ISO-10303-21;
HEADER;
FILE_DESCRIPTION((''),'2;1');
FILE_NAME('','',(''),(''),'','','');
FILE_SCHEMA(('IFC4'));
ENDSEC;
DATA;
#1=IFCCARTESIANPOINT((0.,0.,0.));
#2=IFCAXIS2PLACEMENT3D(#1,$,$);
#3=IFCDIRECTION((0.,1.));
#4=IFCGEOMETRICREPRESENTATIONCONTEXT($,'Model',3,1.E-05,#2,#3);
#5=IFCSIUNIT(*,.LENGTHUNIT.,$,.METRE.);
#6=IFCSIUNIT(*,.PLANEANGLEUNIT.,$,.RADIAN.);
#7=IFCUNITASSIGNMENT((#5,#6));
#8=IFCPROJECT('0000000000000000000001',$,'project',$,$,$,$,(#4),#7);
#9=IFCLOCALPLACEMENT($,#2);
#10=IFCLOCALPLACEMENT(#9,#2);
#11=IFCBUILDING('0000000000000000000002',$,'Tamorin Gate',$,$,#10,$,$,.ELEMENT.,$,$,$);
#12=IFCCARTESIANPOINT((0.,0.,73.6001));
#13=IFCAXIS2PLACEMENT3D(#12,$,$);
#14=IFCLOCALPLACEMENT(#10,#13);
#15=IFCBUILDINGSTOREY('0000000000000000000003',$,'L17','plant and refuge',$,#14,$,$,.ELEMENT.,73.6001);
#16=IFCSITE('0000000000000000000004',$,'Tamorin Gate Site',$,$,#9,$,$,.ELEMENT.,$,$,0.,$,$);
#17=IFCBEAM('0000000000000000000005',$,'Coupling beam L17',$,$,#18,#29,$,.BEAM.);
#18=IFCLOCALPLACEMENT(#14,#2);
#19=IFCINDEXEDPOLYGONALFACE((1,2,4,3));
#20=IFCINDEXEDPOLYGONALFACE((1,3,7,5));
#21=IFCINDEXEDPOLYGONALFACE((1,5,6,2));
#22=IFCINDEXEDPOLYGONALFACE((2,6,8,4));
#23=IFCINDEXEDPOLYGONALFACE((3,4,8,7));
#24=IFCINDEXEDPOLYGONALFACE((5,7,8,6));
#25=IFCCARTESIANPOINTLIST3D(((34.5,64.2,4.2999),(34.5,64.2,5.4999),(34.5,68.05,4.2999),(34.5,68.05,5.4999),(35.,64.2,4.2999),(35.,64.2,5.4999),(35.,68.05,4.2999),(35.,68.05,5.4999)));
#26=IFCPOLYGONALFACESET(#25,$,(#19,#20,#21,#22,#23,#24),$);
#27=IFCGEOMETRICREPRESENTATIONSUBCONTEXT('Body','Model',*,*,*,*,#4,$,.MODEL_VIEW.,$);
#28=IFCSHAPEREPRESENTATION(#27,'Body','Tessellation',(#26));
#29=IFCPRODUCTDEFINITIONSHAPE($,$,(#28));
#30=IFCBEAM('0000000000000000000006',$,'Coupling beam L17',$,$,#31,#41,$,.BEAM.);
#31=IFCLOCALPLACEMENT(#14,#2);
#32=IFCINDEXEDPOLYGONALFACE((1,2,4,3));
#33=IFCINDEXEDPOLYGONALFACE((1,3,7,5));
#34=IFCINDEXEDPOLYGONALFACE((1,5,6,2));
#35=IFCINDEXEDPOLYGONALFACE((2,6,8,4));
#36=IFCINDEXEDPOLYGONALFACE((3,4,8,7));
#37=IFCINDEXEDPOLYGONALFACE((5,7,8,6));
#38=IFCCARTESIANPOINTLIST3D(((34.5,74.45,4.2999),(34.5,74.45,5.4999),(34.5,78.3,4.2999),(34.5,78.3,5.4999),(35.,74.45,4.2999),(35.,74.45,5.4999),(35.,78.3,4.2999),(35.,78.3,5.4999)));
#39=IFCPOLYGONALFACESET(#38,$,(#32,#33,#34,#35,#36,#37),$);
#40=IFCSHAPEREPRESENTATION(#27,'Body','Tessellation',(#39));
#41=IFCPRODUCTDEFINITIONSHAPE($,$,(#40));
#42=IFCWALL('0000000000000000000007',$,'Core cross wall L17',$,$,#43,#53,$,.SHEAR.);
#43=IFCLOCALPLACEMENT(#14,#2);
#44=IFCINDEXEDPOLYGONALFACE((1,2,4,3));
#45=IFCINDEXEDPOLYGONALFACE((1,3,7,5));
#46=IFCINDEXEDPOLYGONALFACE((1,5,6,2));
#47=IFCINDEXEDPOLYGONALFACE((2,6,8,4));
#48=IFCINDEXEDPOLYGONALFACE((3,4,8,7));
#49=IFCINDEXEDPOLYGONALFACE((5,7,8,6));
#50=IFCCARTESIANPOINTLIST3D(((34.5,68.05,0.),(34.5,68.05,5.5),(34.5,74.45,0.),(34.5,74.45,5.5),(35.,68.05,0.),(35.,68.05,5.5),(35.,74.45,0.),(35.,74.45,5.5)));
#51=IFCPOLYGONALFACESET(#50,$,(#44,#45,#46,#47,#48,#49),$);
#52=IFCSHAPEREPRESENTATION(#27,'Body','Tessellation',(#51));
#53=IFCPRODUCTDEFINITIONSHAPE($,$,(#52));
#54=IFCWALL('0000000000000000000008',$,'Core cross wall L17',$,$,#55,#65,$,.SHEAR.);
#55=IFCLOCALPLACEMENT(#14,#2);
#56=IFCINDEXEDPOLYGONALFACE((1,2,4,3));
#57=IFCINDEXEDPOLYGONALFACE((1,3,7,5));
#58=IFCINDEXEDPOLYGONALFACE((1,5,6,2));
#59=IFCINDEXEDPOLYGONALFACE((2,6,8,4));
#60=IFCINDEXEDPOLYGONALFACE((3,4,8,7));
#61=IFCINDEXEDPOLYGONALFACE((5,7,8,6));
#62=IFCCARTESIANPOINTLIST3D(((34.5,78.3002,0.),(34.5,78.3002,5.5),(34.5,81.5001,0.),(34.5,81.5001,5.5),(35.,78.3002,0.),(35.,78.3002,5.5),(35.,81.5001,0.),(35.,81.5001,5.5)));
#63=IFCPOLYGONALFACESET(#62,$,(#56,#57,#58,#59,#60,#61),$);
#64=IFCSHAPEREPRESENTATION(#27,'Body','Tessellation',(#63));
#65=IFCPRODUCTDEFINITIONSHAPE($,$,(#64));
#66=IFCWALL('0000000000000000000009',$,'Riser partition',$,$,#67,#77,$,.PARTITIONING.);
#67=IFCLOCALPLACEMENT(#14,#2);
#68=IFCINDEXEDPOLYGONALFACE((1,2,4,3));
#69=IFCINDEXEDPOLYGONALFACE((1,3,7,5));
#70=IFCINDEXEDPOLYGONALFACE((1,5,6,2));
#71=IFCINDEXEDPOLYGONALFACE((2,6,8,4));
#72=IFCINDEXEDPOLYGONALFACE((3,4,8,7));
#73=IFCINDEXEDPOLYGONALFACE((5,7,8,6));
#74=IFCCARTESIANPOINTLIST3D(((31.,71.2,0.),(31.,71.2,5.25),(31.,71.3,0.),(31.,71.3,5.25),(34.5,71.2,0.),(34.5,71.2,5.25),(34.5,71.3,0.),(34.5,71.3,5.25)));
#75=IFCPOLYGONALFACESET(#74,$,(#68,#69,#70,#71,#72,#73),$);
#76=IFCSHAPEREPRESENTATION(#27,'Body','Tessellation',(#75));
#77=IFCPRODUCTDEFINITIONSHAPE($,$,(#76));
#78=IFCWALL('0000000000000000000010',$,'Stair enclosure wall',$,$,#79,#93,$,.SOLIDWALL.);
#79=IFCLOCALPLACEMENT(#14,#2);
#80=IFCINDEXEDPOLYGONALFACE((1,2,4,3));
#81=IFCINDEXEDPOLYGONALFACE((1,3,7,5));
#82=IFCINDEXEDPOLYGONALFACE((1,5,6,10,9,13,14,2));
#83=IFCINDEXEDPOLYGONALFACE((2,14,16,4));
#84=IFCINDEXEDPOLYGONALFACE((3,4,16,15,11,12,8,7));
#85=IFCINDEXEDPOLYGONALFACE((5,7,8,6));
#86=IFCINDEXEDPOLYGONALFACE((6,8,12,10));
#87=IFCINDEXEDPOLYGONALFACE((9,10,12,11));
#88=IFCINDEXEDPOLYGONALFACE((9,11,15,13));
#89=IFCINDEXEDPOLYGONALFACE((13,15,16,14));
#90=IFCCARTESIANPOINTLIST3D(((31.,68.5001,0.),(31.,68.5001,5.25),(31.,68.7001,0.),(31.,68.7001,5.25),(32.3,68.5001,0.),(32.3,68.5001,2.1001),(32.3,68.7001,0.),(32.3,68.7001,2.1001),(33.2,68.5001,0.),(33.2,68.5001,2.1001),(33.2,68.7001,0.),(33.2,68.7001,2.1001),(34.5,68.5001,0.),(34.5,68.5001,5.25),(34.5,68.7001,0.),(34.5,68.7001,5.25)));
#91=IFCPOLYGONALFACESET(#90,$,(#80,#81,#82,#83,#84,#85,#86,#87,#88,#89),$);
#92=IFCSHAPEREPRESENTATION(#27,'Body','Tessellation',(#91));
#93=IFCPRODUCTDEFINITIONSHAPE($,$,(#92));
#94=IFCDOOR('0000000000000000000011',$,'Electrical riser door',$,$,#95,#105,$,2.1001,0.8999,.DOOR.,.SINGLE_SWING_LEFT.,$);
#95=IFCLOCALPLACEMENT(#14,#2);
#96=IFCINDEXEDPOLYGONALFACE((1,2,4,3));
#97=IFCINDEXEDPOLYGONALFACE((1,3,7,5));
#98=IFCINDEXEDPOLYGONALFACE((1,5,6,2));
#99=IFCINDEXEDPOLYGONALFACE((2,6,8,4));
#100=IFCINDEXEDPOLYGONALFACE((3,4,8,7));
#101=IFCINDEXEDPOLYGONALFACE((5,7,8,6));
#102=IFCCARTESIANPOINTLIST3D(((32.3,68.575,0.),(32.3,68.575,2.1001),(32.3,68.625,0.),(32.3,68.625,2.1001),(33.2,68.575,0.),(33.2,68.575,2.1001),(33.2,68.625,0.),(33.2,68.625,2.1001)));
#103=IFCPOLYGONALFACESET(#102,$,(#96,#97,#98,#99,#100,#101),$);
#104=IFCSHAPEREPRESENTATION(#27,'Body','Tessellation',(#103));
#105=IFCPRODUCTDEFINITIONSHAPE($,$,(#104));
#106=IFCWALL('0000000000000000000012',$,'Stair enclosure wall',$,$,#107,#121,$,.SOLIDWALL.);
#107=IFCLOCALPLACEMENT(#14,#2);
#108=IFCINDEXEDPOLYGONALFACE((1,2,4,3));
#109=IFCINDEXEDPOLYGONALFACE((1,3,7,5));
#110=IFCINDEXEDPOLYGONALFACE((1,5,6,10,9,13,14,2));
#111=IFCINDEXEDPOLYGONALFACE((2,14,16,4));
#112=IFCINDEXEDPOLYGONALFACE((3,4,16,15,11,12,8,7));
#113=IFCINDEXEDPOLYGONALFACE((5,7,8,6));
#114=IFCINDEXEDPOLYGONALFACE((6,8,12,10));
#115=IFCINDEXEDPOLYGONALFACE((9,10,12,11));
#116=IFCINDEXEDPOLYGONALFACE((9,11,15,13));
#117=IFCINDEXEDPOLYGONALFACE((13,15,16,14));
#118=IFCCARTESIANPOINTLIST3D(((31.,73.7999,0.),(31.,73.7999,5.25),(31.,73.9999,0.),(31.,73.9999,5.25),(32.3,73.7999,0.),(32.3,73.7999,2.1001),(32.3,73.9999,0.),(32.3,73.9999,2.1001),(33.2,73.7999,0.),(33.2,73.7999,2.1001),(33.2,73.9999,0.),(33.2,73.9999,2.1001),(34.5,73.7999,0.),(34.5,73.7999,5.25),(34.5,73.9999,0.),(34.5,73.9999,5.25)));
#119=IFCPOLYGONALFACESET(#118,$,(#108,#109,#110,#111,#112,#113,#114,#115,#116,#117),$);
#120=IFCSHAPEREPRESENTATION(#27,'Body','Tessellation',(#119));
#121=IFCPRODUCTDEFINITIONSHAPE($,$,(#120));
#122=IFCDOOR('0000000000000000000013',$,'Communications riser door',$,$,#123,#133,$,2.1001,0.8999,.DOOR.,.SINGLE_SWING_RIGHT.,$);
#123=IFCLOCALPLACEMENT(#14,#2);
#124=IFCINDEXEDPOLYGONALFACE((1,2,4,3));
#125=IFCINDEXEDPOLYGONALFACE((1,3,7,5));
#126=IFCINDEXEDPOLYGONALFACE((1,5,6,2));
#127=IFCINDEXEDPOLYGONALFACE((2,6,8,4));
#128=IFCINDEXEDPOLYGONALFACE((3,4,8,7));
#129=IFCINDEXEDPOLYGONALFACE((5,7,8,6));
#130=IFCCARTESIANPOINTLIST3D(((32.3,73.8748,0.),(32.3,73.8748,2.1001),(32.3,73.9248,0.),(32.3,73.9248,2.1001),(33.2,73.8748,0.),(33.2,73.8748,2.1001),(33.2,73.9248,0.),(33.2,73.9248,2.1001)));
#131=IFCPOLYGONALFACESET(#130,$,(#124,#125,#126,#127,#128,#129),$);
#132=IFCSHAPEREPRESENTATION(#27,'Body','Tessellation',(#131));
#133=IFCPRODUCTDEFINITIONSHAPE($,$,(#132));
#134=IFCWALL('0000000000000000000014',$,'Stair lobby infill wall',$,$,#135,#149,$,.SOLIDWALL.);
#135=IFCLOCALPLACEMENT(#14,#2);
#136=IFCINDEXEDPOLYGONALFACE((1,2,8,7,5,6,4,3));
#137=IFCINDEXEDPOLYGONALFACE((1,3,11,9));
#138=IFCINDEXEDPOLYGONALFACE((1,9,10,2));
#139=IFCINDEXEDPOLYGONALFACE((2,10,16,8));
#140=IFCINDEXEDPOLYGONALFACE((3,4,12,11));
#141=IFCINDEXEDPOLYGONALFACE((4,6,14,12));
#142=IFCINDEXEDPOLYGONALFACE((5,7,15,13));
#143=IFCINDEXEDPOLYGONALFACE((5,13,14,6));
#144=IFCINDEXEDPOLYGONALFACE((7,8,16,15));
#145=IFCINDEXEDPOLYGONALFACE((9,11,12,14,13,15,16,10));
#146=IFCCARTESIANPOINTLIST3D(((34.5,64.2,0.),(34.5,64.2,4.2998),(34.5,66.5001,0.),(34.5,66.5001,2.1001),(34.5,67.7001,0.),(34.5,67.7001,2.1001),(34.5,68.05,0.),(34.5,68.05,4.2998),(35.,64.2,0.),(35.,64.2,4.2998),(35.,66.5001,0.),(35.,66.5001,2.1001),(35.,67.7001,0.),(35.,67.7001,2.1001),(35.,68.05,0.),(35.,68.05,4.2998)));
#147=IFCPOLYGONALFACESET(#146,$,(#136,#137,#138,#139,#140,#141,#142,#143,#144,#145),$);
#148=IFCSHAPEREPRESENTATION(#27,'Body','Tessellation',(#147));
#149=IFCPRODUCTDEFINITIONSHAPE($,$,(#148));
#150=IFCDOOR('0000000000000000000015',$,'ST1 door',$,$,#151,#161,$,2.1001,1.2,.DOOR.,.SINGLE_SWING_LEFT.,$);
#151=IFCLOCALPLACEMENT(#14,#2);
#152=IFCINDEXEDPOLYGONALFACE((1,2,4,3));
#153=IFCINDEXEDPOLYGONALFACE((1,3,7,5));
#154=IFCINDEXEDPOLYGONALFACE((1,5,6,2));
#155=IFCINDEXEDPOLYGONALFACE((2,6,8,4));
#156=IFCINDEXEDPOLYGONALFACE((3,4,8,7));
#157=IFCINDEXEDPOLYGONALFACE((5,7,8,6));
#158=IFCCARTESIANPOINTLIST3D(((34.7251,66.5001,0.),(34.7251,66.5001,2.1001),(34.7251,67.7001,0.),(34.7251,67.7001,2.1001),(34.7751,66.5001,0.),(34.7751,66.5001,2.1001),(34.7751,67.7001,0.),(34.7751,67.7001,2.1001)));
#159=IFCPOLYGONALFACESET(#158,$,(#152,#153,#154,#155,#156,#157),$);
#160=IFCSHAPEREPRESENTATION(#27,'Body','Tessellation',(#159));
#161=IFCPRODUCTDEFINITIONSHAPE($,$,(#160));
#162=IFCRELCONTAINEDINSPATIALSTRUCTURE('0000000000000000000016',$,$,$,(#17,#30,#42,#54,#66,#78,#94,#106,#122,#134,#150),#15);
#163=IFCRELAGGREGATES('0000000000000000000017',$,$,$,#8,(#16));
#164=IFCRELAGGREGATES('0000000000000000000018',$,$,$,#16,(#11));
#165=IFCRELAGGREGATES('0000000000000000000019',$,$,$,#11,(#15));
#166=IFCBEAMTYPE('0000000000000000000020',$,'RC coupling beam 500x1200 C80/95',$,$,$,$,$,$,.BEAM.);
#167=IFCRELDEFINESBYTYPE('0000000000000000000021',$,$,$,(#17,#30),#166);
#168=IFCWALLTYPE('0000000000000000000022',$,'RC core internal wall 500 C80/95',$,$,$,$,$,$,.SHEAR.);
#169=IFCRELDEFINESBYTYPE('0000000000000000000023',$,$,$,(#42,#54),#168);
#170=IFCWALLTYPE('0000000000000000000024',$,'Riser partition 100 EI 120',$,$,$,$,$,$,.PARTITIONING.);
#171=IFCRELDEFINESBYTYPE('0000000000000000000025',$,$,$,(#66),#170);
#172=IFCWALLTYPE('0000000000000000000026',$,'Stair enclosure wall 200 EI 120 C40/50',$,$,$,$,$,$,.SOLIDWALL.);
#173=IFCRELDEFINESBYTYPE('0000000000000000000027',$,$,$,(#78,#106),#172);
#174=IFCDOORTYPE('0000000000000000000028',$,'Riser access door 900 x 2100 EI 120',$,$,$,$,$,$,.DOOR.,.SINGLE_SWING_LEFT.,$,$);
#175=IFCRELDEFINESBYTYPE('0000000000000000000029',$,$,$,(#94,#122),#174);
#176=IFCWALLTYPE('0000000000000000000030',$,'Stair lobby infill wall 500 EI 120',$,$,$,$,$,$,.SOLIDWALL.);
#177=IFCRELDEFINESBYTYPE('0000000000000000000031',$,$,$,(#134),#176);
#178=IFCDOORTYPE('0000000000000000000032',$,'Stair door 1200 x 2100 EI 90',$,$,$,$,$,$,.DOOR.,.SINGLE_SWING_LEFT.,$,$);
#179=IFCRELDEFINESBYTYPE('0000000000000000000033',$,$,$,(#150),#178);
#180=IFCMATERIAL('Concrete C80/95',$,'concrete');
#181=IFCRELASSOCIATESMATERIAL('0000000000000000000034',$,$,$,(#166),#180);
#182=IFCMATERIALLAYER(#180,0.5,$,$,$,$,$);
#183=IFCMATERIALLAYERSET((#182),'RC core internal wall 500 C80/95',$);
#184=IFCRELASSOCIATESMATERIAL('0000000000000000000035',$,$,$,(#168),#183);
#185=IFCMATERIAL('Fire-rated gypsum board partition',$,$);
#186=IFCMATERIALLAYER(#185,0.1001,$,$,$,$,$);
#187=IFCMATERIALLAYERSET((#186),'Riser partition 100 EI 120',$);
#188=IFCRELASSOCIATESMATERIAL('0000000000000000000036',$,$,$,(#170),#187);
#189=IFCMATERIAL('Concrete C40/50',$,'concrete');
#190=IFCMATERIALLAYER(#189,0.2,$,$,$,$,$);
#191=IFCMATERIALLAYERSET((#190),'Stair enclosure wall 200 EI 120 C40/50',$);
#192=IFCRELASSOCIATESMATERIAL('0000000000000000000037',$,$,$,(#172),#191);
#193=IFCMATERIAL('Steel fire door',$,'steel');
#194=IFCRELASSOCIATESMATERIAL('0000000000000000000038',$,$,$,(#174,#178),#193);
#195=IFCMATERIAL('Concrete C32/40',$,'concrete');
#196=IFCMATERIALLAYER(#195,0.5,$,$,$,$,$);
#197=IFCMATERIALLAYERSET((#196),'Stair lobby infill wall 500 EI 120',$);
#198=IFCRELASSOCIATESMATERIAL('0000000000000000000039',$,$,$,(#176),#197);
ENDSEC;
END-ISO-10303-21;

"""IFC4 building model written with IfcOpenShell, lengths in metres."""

from ifc_helpers import new_model, si_unit, direction, frame, frame_2d, origin, origin_2d, place, context, subcontext, project, spatial, rectangle, extrude, material, layer, layer_set, material_profile, profile_set, type_object, element, fill, save


model = new_model("IFC4")

# Units and contexts
model_context = context("Model", 3, precision=1e-05, world=origin(), true_north=direction((0.0, 1.0)))
body_context = subcontext(model_context, "Body", "Model", "MODEL_VIEW")
ifc_project = project(units=[si_unit("LENGTHUNIT", "METRE"), si_unit("PLANEANGLEUNIT", "RADIAN")], contexts=[model_context])

# Site, building, storey
site_placement = place(None, origin())
site = spatial("IfcSite", under=ifc_project, at=site_placement, Name="Tamorin Gate Site", CompositionType="ELEMENT", RefElevation=0.0)
building_placement = place(site_placement, origin())
building = spatial("IfcBuilding", under=site, at=building_placement, Name="Tamorin Gate", CompositionType="ELEMENT")
storey_placement = place(building_placement, frame((0.0, 0.0, 73.6001)))
storey = spatial("IfcBuildingStorey", under=building, at=storey_placement, Name="L17", Description="plant and refuge", CompositionType="ELEMENT", Elevation=73.6001)

# Beams
ifc_material_1 = material(Name="Concrete C80/95", Category="concrete")
ifc_material_profile = material_profile(ifc_material_1, rectangle(XDim=0.5, YDim=1.2, at=origin_2d()), Name="RC 500x1200")
ifc_profile_set = profile_set([ifc_material_profile], Name="Concrete C80/95")
beam_type = type_object("IfcBeamType", Name="RC coupling beam 500x1200 C80/95", PredefinedType="BEAM", material=ifc_profile_set)
for number, where, z_axis, x_axis, name in (
    (1, (34.75, 64.2, 4.8999), (0.0, 1.0, 0.0), (-1.0, 0.0, 0.0), "Coupling beam L17"),
    (2, (34.75, 74.45, 4.8999), (0.0, 1.0, 0.0), (-1.0, 0.0, 0.0), "Coupling beam L17"),
):
    element("IfcBeam", number, at=place(storey_placement, frame(where, z_axis=z_axis, x_axis=x_axis)), inside=storey, type_object=beam_type, Name=name, PredefinedType="BEAM", context=body_context, shape_type="SweptSolid", body=[
        extrude(rectangle(XDim=0.5, YDim=1.2, at=origin_2d()), origin(), (0.0, 0.0, 1.0), 3.8501),
    ])

# Walls
ifc_layer_1 = layer(ifc_material_1, 0.5)
ifc_layer_set_1 = layer_set([ifc_layer_1], Name="RC core internal wall 500 C80/95")
wall_type_1 = type_object("IfcWallType", Name="RC core internal wall 500 C80/95", PredefinedType="SHEAR", material=ifc_layer_set_1)
wall_1_placement = place(storey_placement, frame((34.75, 68.05, 0.0), z_axis=(0.0, 0.0, 1.0), x_axis=(0.0, 1.0, 0.0)))
element("IfcWall", 3, at=wall_1_placement, inside=storey, type_object=wall_type_1, Name="Core cross wall L17", PredefinedType="SHEAR", context=body_context, shape_type="SweptSolid", body=[
    extrude(rectangle(XDim=6.3999, YDim=0.5, at=frame_2d((3.2, 0.0))), origin(), (0.0, 0.0, 1.0), 5.5),
])
wall_2_placement = place(storey_placement, frame((34.75, 78.3, 0.0), z_axis=(0.0, 0.0, 1.0), x_axis=(0.0, 1.0, 0.0)))
element("IfcWall", 4, at=wall_2_placement, inside=storey, type_object=wall_type_1, Name="Core cross wall L17", PredefinedType="SHEAR", context=body_context, shape_type="SweptSolid", body=[
    extrude(rectangle(XDim=3.2, YDim=0.5, at=frame_2d((1.6001, 0.0))), origin(), (0.0, 0.0, 1.0), 5.5),
])
ifc_material_2 = material(Name="Fire-rated gypsum board partition")
ifc_layer_2 = layer(ifc_material_2, 0.1001)
ifc_layer_set_2 = layer_set([ifc_layer_2], Name="Riser partition 100 EI 120")
wall_type_2 = type_object("IfcWallType", Name="Riser partition 100 EI 120", PredefinedType="PARTITIONING", material=ifc_layer_set_2)
wall_3_placement = place(storey_placement, frame((31.0, 71.25, 0.0), z_axis=(0.0, 0.0, 1.0), x_axis=(1.0, 0.0, 0.0)))
element("IfcWall", 5, at=wall_3_placement, inside=storey, type_object=wall_type_2, Name="Riser partition", PredefinedType="PARTITIONING", context=body_context, shape_type="SweptSolid", body=[
    extrude(rectangle(XDim=3.5, YDim=0.1001, at=frame_2d((1.75, 0.0))), origin(), (0.0, 0.0, 1.0), 5.25),
])

# Walls, openings, doors
ifc_material_3 = material(Name="Concrete C40/50", Category="concrete")
ifc_layer_3 = layer(ifc_material_3, 0.2)
ifc_layer_set_3 = layer_set([ifc_layer_3], Name="Stair enclosure wall 200 EI 120 C40/50")
wall_type_3 = type_object("IfcWallType", Name="Stair enclosure wall 200 EI 120 C40/50", PredefinedType="SOLIDWALL", material=ifc_layer_set_3)
wall_4_placement = place(storey_placement, frame((31.0, 68.6001, 0.0), z_axis=(0.0, 0.0, 1.0), x_axis=(1.0, 0.0, 0.0)))
wall_4 = element("IfcWall", 6, at=wall_4_placement, inside=storey, type_object=wall_type_3, Name="Stair enclosure wall", PredefinedType="SOLIDWALL", context=body_context, shape_type="SweptSolid", body=[
    extrude(rectangle(XDim=3.5, YDim=0.2, at=frame_2d((1.75, 0.0))), origin(), (0.0, 0.0, 1.0), 5.25),
])
opening_1_placement = place(wall_4_placement, frame((1.3, 0.0, 0.0)))
opening_1 = element("IfcOpeningElement", 7, at=opening_1_placement, cuts=wall_4, PredefinedType="OPENING", context=body_context, shape_type="SweptSolid", body=[
    extrude(rectangle(XDim=0.8999, YDim=2.1001, at=frame_2d((0.45, 1.05))), frame((0.0, 0.1099, 0.0), z_axis=(0.0, -1.0, 0.0), x_axis=(1.0, 0.0, 0.0)), (0.0, 0.0, 1.0), 0.22),
])
ifc_material_4 = material(Name="Steel fire door", Category="steel")
door_type_1 = type_object("IfcDoorType", Name="Riser access door 900 x 2100 EI 120", OperationType="SINGLE_SWING_LEFT", PredefinedType="DOOR", material=ifc_material_4)
door_1_placement = place(opening_1_placement, origin())
door_1 = element("IfcDoor", 8, at=door_1_placement, inside=storey, type_object=door_type_1, Name="Electrical riser door", OperationType="SINGLE_SWING_LEFT", OverallHeight=2.1001, OverallWidth=0.8999, PredefinedType="DOOR", context=body_context, shape_type="SweptSolid", body=[
    extrude(rectangle(XDim=0.8999, YDim=2.1001, at=frame_2d((0.45, 1.05))), frame((0.0, 0.0249, 0.0), z_axis=(0.0, -1.0, 0.0), x_axis=(1.0, 0.0, 0.0)), (0.0, 0.0, 1.0), 0.05),
])
fill(opening_1, door_1)
wall_5_placement = place(storey_placement, frame((31.0, 73.8999, 0.0), z_axis=(0.0, 0.0, 1.0), x_axis=(1.0, 0.0, 0.0)))
wall_5 = element("IfcWall", 9, at=wall_5_placement, inside=storey, type_object=wall_type_3, Name="Stair enclosure wall", PredefinedType="SOLIDWALL", context=body_context, shape_type="SweptSolid", body=[
    extrude(rectangle(XDim=3.5, YDim=0.2, at=frame_2d((1.75, 0.0))), origin(), (0.0, 0.0, 1.0), 5.25),
])
opening_2_placement = place(wall_5_placement, frame((1.3, 0.0, 0.0)))
opening_2 = element("IfcOpeningElement", 10, at=opening_2_placement, cuts=wall_5, PredefinedType="OPENING", context=body_context, shape_type="SweptSolid", body=[
    extrude(rectangle(XDim=0.8999, YDim=2.1001, at=frame_2d((0.45, 1.05))), frame((0.0, 0.1099, 0.0), z_axis=(0.0, -1.0, 0.0), x_axis=(1.0, 0.0, 0.0)), (0.0, 0.0, 1.0), 0.22),
])
door_2_placement = place(opening_2_placement, origin())
door_2 = element("IfcDoor", 11, at=door_2_placement, inside=storey, type_object=door_type_1, Name="Communications riser door", OperationType="SINGLE_SWING_RIGHT", OverallHeight=2.1001, OverallWidth=0.8999, PredefinedType="DOOR", context=body_context, shape_type="SweptSolid", body=[
    extrude(rectangle(XDim=0.8999, YDim=2.1001, at=frame_2d((0.45, 1.05))), frame((0.0, 0.0249, 0.0), z_axis=(0.0, -1.0, 0.0), x_axis=(1.0, 0.0, 0.0)), (0.0, 0.0, 1.0), 0.05),
])
fill(opening_2, door_2)
ifc_material_5 = material(Name="Concrete C32/40", Category="concrete")
ifc_layer_4 = layer(ifc_material_5, 0.5)
ifc_layer_set_4 = layer_set([ifc_layer_4], Name="Stair lobby infill wall 500 EI 120")
wall_type_4 = type_object("IfcWallType", Name="Stair lobby infill wall 500 EI 120", PredefinedType="SOLIDWALL", material=ifc_layer_set_4)
wall_6_placement = place(storey_placement, frame((34.75, 64.2, 0.0), z_axis=(0.0, 0.0, 1.0), x_axis=(0.0, 1.0, 0.0)))
wall_6 = element("IfcWall", 12, at=wall_6_placement, inside=storey, type_object=wall_type_4, Name="Stair lobby infill wall", PredefinedType="SOLIDWALL", context=body_context, shape_type="SweptSolid", body=[
    extrude(rectangle(XDim=3.8501, YDim=0.5, at=frame_2d((1.925, 0.0))), origin(), (0.0, 0.0, 1.0), 4.2998),
])
opening_3_placement = place(wall_6_placement, frame((2.3, 0.0, 0.0)))
opening_3 = element("IfcOpeningElement", 13, at=opening_3_placement, cuts=wall_6, PredefinedType="OPENING", context=body_context, shape_type="SweptSolid", body=[
    extrude(rectangle(XDim=1.2, YDim=2.1001, at=frame_2d((0.6001, 1.05))), frame((0.0, 0.26, 0.0), z_axis=(0.0, -1.0, 0.0), x_axis=(1.0, 0.0, 0.0)), (0.0, 0.0, 1.0), 0.52),
])
door_type_2 = type_object("IfcDoorType", Name="Stair door 1200 x 2100 EI 90", OperationType="SINGLE_SWING_LEFT", PredefinedType="DOOR", material=ifc_material_4)
door_3_placement = place(opening_3_placement, origin())
door_3 = element("IfcDoor", 14, at=door_3_placement, inside=storey, type_object=door_type_2, Name="ST1 door", OperationType="SINGLE_SWING_LEFT", OverallHeight=2.1001, OverallWidth=1.2, PredefinedType="DOOR", context=body_context, shape_type="SweptSolid", body=[
    extrude(rectangle(XDim=1.2, YDim=2.1001, at=frame_2d((0.6001, 1.05))), frame((0.0, 0.0249, 0.0), z_axis=(0.0, -1.0, 0.0), x_axis=(1.0, 0.0, 0.0)), (0.0, 0.0, 1.0), 0.05),
])
fill(opening_3, door_3)

save(model, "model.ifc")
